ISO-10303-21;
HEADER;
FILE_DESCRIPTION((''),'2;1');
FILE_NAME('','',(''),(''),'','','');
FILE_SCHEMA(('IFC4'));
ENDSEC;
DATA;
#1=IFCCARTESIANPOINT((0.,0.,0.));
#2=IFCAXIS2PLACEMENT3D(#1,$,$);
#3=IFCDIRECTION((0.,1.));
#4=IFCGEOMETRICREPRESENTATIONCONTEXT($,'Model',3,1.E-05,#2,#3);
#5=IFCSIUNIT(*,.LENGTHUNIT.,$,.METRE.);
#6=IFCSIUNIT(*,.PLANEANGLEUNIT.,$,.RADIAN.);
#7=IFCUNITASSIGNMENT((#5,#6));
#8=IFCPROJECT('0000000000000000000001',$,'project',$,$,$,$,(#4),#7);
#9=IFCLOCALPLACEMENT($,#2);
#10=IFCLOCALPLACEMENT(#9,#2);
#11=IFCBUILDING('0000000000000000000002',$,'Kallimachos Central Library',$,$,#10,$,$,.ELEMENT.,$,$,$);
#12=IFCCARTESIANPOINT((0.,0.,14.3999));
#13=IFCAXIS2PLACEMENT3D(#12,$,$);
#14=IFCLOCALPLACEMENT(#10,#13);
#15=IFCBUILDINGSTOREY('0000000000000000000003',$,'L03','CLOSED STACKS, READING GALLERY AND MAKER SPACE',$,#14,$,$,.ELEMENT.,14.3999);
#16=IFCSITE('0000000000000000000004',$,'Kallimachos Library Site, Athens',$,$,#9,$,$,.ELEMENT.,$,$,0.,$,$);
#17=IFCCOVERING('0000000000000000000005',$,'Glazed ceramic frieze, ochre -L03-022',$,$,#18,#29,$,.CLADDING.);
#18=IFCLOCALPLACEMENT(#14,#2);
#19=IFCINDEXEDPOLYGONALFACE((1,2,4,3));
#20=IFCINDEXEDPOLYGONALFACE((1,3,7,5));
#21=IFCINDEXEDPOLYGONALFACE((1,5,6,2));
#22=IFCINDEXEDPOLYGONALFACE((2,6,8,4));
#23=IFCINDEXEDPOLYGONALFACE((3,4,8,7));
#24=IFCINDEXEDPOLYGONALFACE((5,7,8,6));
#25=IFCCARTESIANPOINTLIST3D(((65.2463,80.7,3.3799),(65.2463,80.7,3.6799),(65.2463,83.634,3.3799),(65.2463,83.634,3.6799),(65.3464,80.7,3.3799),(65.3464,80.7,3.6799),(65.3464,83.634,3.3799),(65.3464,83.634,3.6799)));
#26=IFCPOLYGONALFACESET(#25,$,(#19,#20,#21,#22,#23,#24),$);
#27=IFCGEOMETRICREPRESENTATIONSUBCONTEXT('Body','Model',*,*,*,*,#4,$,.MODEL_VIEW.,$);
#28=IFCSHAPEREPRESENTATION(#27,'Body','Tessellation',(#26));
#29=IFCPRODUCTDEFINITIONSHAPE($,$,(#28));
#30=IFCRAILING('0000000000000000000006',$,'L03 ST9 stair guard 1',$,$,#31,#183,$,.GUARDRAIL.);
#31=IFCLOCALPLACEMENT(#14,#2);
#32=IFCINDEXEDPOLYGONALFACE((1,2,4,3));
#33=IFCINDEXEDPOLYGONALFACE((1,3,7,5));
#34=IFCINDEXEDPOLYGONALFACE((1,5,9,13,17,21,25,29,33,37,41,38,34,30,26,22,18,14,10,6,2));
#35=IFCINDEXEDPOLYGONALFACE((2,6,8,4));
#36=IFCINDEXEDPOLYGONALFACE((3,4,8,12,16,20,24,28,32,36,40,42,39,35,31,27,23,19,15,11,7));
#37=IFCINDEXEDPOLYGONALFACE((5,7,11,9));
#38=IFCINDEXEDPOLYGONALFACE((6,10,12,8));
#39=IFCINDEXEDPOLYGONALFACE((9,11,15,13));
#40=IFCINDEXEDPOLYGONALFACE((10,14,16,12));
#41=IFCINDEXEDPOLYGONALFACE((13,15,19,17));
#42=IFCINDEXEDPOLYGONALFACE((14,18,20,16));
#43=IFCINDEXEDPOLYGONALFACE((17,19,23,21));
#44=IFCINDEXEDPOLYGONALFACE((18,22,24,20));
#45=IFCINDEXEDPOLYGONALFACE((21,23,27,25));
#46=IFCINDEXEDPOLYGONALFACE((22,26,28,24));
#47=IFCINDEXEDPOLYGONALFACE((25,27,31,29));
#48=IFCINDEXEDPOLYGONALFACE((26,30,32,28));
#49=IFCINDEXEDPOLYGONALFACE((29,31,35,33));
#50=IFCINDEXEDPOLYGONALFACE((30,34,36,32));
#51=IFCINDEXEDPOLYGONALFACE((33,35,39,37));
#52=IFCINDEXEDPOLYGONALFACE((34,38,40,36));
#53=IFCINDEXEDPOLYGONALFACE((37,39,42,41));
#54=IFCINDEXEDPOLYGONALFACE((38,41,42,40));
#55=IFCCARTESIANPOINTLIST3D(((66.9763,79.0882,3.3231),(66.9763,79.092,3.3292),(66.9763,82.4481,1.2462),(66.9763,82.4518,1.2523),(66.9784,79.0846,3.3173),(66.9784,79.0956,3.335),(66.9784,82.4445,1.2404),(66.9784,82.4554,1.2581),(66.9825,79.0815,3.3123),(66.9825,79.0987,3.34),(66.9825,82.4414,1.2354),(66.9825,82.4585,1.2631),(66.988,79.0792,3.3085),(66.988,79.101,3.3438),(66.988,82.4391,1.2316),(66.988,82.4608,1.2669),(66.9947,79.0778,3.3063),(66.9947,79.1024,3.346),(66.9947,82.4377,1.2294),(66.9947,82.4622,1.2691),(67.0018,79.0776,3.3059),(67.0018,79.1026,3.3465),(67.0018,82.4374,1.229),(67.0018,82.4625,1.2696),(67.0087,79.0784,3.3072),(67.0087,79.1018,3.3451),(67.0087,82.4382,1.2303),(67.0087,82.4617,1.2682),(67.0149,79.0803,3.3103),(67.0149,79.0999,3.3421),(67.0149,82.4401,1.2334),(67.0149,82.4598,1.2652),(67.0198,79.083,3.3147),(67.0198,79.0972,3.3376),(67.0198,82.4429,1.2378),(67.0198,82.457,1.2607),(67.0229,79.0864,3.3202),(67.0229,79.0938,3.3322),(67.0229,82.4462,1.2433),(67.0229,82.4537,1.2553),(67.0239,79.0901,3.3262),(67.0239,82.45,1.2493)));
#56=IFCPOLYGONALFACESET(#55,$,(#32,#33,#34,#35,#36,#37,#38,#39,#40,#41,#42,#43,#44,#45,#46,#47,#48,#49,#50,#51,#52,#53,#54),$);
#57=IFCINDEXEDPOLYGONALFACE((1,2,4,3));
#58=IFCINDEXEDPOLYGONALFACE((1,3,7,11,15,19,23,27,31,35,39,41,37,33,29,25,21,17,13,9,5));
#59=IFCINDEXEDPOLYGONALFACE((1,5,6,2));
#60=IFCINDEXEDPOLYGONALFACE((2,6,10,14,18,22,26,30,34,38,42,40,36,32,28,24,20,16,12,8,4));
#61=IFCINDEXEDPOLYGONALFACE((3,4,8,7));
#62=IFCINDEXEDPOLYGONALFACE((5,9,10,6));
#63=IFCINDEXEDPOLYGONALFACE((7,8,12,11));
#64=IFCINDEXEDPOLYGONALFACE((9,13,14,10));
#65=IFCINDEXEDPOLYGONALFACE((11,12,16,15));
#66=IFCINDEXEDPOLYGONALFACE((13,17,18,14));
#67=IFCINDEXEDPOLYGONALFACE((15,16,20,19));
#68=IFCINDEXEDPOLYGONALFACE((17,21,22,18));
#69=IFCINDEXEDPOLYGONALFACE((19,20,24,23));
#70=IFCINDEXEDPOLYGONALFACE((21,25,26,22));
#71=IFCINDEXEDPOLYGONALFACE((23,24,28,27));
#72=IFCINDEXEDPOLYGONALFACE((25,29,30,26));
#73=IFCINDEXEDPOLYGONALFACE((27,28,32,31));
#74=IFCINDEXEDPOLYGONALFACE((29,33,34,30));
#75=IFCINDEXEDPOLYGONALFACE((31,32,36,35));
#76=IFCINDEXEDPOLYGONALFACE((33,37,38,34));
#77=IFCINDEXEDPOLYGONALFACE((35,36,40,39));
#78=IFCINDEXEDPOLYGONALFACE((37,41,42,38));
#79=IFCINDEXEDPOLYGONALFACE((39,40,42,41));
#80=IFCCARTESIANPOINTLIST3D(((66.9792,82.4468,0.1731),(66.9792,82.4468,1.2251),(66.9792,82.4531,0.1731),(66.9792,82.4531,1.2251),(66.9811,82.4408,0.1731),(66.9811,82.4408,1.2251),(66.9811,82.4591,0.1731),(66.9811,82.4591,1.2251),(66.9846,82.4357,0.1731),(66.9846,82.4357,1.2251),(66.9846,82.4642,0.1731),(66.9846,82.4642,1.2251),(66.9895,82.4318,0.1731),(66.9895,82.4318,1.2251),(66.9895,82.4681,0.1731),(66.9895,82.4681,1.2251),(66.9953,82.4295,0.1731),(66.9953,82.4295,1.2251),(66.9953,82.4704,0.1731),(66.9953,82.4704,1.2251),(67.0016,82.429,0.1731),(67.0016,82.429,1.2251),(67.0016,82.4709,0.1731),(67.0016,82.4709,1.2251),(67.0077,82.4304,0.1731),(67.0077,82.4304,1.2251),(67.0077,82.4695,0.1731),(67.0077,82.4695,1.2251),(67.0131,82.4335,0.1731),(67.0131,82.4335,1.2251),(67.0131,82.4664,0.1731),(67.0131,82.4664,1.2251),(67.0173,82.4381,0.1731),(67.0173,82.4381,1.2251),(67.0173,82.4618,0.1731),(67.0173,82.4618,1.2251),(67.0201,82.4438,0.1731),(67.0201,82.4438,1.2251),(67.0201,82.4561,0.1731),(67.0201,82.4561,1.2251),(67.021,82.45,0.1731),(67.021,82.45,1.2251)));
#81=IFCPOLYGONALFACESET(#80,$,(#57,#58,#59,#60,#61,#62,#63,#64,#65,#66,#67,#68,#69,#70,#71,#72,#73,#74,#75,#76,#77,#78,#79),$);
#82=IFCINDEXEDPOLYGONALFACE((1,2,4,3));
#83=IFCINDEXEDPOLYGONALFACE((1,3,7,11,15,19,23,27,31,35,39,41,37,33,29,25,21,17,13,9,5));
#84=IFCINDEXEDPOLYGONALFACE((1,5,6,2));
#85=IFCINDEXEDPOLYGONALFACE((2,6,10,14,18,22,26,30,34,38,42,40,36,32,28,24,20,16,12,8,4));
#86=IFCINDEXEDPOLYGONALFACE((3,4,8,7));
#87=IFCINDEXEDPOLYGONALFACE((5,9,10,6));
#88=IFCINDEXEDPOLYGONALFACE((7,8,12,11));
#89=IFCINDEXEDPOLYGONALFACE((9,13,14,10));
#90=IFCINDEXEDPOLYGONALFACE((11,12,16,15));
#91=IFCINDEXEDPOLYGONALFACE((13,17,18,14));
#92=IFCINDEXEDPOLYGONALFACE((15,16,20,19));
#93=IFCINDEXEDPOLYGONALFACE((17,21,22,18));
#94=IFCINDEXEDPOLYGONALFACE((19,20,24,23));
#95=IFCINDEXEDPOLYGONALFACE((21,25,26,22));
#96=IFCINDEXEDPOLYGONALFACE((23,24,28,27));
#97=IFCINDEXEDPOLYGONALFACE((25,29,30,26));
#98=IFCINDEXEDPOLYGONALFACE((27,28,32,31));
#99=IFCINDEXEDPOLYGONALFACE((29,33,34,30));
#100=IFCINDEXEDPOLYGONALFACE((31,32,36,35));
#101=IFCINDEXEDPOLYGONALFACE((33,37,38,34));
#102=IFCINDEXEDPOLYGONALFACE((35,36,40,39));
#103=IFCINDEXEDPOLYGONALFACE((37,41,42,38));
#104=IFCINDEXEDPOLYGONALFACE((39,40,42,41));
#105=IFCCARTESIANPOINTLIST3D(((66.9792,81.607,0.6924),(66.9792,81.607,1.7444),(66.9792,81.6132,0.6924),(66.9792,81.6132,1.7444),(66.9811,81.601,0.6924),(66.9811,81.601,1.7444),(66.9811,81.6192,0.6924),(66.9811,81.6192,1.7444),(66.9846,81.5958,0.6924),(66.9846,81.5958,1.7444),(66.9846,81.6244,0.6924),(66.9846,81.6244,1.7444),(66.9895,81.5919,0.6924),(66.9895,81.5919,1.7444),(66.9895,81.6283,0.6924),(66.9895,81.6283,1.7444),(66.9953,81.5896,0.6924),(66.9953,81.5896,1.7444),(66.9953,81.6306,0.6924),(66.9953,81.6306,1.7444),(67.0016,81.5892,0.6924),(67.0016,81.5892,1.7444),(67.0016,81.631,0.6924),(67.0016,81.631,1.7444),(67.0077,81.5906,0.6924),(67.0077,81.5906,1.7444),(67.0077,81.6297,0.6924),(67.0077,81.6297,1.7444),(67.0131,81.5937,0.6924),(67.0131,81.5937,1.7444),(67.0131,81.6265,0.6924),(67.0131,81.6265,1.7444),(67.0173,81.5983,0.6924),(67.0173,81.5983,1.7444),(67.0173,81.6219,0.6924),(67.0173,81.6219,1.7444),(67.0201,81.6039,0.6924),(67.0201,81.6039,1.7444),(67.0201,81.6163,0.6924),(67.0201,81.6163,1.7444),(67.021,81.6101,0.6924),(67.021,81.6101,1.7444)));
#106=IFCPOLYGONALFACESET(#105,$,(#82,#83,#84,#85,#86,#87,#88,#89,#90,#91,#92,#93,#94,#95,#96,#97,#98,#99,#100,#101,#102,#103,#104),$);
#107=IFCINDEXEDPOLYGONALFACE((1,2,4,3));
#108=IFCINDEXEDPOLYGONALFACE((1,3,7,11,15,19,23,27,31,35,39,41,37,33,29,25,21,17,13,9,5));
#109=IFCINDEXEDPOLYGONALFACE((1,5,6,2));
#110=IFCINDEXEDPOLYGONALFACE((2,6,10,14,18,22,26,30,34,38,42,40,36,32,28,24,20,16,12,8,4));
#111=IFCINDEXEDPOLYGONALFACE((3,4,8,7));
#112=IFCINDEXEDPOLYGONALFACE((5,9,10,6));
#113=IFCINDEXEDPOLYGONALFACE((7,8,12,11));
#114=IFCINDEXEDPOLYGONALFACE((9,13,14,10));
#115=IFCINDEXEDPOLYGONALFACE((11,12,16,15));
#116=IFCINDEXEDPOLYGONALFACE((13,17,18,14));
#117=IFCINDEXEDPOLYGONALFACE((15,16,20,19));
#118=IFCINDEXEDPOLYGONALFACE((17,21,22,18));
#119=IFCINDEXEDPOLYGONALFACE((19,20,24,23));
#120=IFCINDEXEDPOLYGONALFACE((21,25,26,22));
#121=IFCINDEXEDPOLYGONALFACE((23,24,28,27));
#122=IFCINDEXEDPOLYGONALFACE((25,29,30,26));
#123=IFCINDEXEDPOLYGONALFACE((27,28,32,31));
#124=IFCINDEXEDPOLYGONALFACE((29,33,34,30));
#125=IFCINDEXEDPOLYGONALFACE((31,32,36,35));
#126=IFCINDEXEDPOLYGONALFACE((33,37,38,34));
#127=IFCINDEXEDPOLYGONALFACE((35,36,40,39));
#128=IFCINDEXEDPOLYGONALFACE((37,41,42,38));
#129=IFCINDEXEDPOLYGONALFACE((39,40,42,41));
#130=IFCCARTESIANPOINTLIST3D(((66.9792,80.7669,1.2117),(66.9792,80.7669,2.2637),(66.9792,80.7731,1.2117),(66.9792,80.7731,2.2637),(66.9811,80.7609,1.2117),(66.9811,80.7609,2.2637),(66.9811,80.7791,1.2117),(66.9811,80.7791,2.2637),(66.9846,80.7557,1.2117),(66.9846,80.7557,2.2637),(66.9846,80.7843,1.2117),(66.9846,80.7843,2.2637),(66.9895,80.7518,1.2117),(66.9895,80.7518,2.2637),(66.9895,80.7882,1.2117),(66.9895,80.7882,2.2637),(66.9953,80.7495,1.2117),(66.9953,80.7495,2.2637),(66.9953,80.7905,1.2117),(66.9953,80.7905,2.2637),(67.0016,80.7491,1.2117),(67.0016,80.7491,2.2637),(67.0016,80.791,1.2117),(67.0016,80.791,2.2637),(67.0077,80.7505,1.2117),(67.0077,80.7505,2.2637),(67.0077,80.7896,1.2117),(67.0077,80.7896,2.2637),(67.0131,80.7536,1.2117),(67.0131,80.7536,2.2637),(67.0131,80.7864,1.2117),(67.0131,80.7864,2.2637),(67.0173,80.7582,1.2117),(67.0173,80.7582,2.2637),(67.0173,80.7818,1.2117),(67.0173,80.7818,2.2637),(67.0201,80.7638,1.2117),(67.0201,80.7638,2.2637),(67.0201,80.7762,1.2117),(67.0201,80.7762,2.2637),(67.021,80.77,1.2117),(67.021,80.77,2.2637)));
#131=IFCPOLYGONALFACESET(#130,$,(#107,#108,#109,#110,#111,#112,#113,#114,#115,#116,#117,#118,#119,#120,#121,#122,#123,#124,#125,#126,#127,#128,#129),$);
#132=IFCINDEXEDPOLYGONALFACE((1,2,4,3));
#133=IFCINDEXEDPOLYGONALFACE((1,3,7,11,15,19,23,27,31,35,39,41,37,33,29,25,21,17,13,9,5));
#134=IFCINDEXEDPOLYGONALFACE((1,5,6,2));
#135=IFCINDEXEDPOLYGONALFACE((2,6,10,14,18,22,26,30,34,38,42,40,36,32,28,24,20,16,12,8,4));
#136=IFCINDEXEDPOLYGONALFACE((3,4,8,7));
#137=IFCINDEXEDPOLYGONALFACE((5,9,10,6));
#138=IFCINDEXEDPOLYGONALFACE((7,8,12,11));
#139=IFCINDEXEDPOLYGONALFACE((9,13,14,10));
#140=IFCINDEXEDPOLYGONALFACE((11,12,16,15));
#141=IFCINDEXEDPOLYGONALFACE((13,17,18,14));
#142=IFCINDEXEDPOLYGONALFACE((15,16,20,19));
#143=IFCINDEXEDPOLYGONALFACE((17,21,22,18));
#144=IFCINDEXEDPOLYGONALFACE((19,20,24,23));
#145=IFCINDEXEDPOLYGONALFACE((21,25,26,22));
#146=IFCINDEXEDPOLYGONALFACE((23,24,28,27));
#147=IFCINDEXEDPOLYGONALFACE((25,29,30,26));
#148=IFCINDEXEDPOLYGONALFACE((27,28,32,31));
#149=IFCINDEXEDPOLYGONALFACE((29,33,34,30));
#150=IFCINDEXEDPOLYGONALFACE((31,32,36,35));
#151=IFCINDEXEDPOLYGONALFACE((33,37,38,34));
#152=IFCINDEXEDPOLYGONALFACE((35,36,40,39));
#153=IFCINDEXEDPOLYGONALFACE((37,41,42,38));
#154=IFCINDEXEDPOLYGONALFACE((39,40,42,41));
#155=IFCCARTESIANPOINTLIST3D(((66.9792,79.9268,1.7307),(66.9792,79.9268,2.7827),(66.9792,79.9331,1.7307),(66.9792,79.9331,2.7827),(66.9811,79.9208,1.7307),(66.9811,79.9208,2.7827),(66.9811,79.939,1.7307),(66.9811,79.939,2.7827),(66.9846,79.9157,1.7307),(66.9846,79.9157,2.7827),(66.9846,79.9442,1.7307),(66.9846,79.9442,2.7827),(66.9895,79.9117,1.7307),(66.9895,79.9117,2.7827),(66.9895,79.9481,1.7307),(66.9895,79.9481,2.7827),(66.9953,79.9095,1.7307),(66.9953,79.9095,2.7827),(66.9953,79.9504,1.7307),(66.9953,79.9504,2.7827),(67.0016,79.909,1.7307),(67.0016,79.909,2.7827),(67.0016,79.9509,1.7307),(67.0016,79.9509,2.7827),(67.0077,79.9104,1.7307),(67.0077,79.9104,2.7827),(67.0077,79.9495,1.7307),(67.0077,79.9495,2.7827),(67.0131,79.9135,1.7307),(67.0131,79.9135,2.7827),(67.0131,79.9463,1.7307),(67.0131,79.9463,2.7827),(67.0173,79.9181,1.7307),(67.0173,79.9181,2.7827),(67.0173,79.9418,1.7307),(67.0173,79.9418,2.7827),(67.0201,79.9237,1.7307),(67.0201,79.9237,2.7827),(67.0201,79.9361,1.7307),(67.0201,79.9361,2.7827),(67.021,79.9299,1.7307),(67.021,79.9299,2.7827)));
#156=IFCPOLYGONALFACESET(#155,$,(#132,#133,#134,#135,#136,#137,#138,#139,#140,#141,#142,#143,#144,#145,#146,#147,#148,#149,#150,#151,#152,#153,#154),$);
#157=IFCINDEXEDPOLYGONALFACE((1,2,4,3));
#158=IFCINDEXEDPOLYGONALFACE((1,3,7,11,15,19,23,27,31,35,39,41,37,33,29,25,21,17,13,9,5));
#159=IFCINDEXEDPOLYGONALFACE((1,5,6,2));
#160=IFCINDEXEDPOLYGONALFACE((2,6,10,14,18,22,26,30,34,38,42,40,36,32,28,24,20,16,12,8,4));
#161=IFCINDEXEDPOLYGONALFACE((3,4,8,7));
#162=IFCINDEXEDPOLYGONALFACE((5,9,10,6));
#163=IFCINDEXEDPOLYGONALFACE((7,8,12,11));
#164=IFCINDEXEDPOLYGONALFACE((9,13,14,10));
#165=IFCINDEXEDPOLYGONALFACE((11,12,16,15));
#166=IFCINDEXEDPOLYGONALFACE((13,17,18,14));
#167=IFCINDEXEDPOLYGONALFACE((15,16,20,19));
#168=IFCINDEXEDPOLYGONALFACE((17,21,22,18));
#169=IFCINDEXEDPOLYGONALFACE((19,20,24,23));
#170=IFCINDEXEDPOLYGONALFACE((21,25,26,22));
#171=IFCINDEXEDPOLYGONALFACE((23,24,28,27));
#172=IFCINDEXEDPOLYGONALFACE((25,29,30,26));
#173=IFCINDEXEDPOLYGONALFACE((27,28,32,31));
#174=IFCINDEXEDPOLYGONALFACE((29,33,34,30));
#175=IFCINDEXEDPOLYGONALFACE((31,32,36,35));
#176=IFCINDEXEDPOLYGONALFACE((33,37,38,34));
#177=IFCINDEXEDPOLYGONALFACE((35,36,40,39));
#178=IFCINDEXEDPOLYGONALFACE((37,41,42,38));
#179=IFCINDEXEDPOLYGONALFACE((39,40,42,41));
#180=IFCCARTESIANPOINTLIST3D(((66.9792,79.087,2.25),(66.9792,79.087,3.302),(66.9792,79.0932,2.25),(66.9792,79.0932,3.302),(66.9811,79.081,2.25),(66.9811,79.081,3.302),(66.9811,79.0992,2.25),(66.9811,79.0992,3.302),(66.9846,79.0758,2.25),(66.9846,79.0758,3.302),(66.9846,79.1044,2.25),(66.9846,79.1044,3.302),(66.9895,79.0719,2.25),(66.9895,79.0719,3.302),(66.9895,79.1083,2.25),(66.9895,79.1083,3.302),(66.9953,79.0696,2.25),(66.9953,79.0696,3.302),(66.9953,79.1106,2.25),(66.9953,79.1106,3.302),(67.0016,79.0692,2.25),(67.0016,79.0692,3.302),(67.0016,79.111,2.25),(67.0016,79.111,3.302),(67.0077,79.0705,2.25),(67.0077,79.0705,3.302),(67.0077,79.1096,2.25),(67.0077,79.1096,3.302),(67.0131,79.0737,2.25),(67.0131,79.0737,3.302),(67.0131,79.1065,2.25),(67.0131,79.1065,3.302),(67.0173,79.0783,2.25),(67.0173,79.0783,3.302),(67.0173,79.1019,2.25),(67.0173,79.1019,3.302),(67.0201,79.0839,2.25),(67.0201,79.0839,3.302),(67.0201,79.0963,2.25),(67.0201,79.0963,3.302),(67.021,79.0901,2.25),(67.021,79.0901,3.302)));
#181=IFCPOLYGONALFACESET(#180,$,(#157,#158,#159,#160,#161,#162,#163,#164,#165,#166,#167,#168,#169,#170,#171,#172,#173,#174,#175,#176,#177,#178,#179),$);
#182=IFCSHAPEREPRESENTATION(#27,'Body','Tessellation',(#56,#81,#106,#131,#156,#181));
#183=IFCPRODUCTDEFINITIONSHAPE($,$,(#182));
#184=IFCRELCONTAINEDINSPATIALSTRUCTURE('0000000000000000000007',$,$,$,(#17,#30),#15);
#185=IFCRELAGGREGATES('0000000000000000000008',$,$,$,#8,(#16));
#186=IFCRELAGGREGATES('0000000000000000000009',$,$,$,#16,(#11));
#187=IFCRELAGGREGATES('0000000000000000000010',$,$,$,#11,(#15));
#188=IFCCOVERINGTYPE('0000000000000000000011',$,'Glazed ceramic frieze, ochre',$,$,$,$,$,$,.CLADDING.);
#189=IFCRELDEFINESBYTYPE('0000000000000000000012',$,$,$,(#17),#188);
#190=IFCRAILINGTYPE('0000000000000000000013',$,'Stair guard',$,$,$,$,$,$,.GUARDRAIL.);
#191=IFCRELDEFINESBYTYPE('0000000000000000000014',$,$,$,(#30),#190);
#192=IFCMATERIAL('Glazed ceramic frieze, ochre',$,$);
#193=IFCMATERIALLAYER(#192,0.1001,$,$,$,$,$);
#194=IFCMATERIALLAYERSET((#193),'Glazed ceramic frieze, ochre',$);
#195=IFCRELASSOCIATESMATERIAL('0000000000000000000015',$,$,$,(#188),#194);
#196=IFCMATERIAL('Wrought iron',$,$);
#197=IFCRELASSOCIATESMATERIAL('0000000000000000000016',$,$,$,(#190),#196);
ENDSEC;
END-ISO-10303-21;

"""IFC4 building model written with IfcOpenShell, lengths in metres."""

from ifc_helpers import new_model, si_unit, direction, frame, origin, origin_2d, place, context, subcontext, project, spatial, rectangle, circle, extrude, material, layer, layer_set, type_object, element, save


model = new_model("IFC4")

# Units and contexts
model_context = context("Model", 3, precision=1e-05, world=origin(), true_north=direction((0.0, 1.0)))
body_context = subcontext(model_context, "Body", "Model", "MODEL_VIEW")
ifc_project = project(units=[si_unit("LENGTHUNIT", "METRE"), si_unit("PLANEANGLEUNIT", "RADIAN")], contexts=[model_context])

# Site, building, storey
site_placement = place(None, origin())
site = spatial("IfcSite", under=ifc_project, at=site_placement, Name="Kallimachos Library Site, Athens", CompositionType="ELEMENT", RefElevation=0.0)
building_placement = place(site_placement, origin())
building = spatial("IfcBuilding", under=site, at=building_placement, Name="Kallimachos Central Library", CompositionType="ELEMENT")
storey_placement = place(building_placement, frame((0.0, 0.0, 14.3999)))
storey = spatial("IfcBuildingStorey", under=building, at=storey_placement, Name="L03", Description="CLOSED STACKS, READING GALLERY AND MAKER SPACE", CompositionType="ELEMENT", Elevation=14.3999)

# Covering
ifc_material_1 = material(Name="Glazed ceramic frieze, ochre")
ifc_layer_1 = layer(ifc_material_1, 0.1001)
ifc_layer_set_1 = layer_set([ifc_layer_1], Name="Glazed ceramic frieze, ochre")
covering_type_1 = type_object("IfcCoveringType", Name="Glazed ceramic frieze, ochre", PredefinedType="CLADDING", material=ifc_layer_set_1)
covering_1_placement = place(storey_placement, frame((65.2964, 82.167, 3.3799), z_axis=(0.0, 0.0, 1.0), x_axis=(1.0, 0.0, 0.0)))
element("IfcCovering", 1, at=covering_1_placement, inside=storey, type_object=covering_type_1, Name="Glazed ceramic frieze, ochre -L03-022", PredefinedType="CLADDING", context=body_context, shape_type="SweptSolid", body=[
    extrude(rectangle(XDim=0.1001, YDim=2.9341, at=origin_2d()), origin(), (0.0, 0.0, 1.0), 0.3),
])

# Railing
ifc_material_2 = material(Name="Wrought iron")
railing_type_1 = type_object("IfcRailingType", Name="Stair guard", PredefinedType="GUARDRAIL", material=ifc_material_2)
railing_1_placement = place(storey_placement, frame((67.0, 82.45, 0.1731)))
element("IfcRailing", 2, at=railing_1_placement, inside=storey, type_object=railing_type_1, Name="L03 ST9 stair guard 1", PredefinedType="GUARDRAIL", context=body_context, shape_type="SweptSolid", body=[
    extrude(circle(Radius=0.0239, at=origin_2d()), frame((0.0, 0.0, 1.0762), z_axis=(0.0, -0.850606, 0.525803), x_axis=(1.0, 0.0, 0.0)), (0.0, 0.0, 1.0), 3.95),
    extrude(circle(Radius=0.021, at=origin_2d()), origin(), (0.0, 0.0, 1.0), 1.052),
    extrude(circle(Radius=0.021, at=origin_2d()), frame((0.0, -0.8398, 0.5193)), (0.0, 0.0, 1.0), 1.052),
    extrude(circle(Radius=0.021, at=origin_2d()), frame((0.0, -1.6799, 1.0386)), (0.0, 0.0, 1.0), 1.052),
    extrude(circle(Radius=0.021, at=origin_2d()), frame((0.0, -2.52, 1.5576)), (0.0, 0.0, 1.0), 1.052),
    extrude(circle(Radius=0.021, at=origin_2d()), frame((0.0, -3.3599, 2.0769)), (0.0, 0.0, 1.0), 1.052),
])

save(model, "model.ifc")
